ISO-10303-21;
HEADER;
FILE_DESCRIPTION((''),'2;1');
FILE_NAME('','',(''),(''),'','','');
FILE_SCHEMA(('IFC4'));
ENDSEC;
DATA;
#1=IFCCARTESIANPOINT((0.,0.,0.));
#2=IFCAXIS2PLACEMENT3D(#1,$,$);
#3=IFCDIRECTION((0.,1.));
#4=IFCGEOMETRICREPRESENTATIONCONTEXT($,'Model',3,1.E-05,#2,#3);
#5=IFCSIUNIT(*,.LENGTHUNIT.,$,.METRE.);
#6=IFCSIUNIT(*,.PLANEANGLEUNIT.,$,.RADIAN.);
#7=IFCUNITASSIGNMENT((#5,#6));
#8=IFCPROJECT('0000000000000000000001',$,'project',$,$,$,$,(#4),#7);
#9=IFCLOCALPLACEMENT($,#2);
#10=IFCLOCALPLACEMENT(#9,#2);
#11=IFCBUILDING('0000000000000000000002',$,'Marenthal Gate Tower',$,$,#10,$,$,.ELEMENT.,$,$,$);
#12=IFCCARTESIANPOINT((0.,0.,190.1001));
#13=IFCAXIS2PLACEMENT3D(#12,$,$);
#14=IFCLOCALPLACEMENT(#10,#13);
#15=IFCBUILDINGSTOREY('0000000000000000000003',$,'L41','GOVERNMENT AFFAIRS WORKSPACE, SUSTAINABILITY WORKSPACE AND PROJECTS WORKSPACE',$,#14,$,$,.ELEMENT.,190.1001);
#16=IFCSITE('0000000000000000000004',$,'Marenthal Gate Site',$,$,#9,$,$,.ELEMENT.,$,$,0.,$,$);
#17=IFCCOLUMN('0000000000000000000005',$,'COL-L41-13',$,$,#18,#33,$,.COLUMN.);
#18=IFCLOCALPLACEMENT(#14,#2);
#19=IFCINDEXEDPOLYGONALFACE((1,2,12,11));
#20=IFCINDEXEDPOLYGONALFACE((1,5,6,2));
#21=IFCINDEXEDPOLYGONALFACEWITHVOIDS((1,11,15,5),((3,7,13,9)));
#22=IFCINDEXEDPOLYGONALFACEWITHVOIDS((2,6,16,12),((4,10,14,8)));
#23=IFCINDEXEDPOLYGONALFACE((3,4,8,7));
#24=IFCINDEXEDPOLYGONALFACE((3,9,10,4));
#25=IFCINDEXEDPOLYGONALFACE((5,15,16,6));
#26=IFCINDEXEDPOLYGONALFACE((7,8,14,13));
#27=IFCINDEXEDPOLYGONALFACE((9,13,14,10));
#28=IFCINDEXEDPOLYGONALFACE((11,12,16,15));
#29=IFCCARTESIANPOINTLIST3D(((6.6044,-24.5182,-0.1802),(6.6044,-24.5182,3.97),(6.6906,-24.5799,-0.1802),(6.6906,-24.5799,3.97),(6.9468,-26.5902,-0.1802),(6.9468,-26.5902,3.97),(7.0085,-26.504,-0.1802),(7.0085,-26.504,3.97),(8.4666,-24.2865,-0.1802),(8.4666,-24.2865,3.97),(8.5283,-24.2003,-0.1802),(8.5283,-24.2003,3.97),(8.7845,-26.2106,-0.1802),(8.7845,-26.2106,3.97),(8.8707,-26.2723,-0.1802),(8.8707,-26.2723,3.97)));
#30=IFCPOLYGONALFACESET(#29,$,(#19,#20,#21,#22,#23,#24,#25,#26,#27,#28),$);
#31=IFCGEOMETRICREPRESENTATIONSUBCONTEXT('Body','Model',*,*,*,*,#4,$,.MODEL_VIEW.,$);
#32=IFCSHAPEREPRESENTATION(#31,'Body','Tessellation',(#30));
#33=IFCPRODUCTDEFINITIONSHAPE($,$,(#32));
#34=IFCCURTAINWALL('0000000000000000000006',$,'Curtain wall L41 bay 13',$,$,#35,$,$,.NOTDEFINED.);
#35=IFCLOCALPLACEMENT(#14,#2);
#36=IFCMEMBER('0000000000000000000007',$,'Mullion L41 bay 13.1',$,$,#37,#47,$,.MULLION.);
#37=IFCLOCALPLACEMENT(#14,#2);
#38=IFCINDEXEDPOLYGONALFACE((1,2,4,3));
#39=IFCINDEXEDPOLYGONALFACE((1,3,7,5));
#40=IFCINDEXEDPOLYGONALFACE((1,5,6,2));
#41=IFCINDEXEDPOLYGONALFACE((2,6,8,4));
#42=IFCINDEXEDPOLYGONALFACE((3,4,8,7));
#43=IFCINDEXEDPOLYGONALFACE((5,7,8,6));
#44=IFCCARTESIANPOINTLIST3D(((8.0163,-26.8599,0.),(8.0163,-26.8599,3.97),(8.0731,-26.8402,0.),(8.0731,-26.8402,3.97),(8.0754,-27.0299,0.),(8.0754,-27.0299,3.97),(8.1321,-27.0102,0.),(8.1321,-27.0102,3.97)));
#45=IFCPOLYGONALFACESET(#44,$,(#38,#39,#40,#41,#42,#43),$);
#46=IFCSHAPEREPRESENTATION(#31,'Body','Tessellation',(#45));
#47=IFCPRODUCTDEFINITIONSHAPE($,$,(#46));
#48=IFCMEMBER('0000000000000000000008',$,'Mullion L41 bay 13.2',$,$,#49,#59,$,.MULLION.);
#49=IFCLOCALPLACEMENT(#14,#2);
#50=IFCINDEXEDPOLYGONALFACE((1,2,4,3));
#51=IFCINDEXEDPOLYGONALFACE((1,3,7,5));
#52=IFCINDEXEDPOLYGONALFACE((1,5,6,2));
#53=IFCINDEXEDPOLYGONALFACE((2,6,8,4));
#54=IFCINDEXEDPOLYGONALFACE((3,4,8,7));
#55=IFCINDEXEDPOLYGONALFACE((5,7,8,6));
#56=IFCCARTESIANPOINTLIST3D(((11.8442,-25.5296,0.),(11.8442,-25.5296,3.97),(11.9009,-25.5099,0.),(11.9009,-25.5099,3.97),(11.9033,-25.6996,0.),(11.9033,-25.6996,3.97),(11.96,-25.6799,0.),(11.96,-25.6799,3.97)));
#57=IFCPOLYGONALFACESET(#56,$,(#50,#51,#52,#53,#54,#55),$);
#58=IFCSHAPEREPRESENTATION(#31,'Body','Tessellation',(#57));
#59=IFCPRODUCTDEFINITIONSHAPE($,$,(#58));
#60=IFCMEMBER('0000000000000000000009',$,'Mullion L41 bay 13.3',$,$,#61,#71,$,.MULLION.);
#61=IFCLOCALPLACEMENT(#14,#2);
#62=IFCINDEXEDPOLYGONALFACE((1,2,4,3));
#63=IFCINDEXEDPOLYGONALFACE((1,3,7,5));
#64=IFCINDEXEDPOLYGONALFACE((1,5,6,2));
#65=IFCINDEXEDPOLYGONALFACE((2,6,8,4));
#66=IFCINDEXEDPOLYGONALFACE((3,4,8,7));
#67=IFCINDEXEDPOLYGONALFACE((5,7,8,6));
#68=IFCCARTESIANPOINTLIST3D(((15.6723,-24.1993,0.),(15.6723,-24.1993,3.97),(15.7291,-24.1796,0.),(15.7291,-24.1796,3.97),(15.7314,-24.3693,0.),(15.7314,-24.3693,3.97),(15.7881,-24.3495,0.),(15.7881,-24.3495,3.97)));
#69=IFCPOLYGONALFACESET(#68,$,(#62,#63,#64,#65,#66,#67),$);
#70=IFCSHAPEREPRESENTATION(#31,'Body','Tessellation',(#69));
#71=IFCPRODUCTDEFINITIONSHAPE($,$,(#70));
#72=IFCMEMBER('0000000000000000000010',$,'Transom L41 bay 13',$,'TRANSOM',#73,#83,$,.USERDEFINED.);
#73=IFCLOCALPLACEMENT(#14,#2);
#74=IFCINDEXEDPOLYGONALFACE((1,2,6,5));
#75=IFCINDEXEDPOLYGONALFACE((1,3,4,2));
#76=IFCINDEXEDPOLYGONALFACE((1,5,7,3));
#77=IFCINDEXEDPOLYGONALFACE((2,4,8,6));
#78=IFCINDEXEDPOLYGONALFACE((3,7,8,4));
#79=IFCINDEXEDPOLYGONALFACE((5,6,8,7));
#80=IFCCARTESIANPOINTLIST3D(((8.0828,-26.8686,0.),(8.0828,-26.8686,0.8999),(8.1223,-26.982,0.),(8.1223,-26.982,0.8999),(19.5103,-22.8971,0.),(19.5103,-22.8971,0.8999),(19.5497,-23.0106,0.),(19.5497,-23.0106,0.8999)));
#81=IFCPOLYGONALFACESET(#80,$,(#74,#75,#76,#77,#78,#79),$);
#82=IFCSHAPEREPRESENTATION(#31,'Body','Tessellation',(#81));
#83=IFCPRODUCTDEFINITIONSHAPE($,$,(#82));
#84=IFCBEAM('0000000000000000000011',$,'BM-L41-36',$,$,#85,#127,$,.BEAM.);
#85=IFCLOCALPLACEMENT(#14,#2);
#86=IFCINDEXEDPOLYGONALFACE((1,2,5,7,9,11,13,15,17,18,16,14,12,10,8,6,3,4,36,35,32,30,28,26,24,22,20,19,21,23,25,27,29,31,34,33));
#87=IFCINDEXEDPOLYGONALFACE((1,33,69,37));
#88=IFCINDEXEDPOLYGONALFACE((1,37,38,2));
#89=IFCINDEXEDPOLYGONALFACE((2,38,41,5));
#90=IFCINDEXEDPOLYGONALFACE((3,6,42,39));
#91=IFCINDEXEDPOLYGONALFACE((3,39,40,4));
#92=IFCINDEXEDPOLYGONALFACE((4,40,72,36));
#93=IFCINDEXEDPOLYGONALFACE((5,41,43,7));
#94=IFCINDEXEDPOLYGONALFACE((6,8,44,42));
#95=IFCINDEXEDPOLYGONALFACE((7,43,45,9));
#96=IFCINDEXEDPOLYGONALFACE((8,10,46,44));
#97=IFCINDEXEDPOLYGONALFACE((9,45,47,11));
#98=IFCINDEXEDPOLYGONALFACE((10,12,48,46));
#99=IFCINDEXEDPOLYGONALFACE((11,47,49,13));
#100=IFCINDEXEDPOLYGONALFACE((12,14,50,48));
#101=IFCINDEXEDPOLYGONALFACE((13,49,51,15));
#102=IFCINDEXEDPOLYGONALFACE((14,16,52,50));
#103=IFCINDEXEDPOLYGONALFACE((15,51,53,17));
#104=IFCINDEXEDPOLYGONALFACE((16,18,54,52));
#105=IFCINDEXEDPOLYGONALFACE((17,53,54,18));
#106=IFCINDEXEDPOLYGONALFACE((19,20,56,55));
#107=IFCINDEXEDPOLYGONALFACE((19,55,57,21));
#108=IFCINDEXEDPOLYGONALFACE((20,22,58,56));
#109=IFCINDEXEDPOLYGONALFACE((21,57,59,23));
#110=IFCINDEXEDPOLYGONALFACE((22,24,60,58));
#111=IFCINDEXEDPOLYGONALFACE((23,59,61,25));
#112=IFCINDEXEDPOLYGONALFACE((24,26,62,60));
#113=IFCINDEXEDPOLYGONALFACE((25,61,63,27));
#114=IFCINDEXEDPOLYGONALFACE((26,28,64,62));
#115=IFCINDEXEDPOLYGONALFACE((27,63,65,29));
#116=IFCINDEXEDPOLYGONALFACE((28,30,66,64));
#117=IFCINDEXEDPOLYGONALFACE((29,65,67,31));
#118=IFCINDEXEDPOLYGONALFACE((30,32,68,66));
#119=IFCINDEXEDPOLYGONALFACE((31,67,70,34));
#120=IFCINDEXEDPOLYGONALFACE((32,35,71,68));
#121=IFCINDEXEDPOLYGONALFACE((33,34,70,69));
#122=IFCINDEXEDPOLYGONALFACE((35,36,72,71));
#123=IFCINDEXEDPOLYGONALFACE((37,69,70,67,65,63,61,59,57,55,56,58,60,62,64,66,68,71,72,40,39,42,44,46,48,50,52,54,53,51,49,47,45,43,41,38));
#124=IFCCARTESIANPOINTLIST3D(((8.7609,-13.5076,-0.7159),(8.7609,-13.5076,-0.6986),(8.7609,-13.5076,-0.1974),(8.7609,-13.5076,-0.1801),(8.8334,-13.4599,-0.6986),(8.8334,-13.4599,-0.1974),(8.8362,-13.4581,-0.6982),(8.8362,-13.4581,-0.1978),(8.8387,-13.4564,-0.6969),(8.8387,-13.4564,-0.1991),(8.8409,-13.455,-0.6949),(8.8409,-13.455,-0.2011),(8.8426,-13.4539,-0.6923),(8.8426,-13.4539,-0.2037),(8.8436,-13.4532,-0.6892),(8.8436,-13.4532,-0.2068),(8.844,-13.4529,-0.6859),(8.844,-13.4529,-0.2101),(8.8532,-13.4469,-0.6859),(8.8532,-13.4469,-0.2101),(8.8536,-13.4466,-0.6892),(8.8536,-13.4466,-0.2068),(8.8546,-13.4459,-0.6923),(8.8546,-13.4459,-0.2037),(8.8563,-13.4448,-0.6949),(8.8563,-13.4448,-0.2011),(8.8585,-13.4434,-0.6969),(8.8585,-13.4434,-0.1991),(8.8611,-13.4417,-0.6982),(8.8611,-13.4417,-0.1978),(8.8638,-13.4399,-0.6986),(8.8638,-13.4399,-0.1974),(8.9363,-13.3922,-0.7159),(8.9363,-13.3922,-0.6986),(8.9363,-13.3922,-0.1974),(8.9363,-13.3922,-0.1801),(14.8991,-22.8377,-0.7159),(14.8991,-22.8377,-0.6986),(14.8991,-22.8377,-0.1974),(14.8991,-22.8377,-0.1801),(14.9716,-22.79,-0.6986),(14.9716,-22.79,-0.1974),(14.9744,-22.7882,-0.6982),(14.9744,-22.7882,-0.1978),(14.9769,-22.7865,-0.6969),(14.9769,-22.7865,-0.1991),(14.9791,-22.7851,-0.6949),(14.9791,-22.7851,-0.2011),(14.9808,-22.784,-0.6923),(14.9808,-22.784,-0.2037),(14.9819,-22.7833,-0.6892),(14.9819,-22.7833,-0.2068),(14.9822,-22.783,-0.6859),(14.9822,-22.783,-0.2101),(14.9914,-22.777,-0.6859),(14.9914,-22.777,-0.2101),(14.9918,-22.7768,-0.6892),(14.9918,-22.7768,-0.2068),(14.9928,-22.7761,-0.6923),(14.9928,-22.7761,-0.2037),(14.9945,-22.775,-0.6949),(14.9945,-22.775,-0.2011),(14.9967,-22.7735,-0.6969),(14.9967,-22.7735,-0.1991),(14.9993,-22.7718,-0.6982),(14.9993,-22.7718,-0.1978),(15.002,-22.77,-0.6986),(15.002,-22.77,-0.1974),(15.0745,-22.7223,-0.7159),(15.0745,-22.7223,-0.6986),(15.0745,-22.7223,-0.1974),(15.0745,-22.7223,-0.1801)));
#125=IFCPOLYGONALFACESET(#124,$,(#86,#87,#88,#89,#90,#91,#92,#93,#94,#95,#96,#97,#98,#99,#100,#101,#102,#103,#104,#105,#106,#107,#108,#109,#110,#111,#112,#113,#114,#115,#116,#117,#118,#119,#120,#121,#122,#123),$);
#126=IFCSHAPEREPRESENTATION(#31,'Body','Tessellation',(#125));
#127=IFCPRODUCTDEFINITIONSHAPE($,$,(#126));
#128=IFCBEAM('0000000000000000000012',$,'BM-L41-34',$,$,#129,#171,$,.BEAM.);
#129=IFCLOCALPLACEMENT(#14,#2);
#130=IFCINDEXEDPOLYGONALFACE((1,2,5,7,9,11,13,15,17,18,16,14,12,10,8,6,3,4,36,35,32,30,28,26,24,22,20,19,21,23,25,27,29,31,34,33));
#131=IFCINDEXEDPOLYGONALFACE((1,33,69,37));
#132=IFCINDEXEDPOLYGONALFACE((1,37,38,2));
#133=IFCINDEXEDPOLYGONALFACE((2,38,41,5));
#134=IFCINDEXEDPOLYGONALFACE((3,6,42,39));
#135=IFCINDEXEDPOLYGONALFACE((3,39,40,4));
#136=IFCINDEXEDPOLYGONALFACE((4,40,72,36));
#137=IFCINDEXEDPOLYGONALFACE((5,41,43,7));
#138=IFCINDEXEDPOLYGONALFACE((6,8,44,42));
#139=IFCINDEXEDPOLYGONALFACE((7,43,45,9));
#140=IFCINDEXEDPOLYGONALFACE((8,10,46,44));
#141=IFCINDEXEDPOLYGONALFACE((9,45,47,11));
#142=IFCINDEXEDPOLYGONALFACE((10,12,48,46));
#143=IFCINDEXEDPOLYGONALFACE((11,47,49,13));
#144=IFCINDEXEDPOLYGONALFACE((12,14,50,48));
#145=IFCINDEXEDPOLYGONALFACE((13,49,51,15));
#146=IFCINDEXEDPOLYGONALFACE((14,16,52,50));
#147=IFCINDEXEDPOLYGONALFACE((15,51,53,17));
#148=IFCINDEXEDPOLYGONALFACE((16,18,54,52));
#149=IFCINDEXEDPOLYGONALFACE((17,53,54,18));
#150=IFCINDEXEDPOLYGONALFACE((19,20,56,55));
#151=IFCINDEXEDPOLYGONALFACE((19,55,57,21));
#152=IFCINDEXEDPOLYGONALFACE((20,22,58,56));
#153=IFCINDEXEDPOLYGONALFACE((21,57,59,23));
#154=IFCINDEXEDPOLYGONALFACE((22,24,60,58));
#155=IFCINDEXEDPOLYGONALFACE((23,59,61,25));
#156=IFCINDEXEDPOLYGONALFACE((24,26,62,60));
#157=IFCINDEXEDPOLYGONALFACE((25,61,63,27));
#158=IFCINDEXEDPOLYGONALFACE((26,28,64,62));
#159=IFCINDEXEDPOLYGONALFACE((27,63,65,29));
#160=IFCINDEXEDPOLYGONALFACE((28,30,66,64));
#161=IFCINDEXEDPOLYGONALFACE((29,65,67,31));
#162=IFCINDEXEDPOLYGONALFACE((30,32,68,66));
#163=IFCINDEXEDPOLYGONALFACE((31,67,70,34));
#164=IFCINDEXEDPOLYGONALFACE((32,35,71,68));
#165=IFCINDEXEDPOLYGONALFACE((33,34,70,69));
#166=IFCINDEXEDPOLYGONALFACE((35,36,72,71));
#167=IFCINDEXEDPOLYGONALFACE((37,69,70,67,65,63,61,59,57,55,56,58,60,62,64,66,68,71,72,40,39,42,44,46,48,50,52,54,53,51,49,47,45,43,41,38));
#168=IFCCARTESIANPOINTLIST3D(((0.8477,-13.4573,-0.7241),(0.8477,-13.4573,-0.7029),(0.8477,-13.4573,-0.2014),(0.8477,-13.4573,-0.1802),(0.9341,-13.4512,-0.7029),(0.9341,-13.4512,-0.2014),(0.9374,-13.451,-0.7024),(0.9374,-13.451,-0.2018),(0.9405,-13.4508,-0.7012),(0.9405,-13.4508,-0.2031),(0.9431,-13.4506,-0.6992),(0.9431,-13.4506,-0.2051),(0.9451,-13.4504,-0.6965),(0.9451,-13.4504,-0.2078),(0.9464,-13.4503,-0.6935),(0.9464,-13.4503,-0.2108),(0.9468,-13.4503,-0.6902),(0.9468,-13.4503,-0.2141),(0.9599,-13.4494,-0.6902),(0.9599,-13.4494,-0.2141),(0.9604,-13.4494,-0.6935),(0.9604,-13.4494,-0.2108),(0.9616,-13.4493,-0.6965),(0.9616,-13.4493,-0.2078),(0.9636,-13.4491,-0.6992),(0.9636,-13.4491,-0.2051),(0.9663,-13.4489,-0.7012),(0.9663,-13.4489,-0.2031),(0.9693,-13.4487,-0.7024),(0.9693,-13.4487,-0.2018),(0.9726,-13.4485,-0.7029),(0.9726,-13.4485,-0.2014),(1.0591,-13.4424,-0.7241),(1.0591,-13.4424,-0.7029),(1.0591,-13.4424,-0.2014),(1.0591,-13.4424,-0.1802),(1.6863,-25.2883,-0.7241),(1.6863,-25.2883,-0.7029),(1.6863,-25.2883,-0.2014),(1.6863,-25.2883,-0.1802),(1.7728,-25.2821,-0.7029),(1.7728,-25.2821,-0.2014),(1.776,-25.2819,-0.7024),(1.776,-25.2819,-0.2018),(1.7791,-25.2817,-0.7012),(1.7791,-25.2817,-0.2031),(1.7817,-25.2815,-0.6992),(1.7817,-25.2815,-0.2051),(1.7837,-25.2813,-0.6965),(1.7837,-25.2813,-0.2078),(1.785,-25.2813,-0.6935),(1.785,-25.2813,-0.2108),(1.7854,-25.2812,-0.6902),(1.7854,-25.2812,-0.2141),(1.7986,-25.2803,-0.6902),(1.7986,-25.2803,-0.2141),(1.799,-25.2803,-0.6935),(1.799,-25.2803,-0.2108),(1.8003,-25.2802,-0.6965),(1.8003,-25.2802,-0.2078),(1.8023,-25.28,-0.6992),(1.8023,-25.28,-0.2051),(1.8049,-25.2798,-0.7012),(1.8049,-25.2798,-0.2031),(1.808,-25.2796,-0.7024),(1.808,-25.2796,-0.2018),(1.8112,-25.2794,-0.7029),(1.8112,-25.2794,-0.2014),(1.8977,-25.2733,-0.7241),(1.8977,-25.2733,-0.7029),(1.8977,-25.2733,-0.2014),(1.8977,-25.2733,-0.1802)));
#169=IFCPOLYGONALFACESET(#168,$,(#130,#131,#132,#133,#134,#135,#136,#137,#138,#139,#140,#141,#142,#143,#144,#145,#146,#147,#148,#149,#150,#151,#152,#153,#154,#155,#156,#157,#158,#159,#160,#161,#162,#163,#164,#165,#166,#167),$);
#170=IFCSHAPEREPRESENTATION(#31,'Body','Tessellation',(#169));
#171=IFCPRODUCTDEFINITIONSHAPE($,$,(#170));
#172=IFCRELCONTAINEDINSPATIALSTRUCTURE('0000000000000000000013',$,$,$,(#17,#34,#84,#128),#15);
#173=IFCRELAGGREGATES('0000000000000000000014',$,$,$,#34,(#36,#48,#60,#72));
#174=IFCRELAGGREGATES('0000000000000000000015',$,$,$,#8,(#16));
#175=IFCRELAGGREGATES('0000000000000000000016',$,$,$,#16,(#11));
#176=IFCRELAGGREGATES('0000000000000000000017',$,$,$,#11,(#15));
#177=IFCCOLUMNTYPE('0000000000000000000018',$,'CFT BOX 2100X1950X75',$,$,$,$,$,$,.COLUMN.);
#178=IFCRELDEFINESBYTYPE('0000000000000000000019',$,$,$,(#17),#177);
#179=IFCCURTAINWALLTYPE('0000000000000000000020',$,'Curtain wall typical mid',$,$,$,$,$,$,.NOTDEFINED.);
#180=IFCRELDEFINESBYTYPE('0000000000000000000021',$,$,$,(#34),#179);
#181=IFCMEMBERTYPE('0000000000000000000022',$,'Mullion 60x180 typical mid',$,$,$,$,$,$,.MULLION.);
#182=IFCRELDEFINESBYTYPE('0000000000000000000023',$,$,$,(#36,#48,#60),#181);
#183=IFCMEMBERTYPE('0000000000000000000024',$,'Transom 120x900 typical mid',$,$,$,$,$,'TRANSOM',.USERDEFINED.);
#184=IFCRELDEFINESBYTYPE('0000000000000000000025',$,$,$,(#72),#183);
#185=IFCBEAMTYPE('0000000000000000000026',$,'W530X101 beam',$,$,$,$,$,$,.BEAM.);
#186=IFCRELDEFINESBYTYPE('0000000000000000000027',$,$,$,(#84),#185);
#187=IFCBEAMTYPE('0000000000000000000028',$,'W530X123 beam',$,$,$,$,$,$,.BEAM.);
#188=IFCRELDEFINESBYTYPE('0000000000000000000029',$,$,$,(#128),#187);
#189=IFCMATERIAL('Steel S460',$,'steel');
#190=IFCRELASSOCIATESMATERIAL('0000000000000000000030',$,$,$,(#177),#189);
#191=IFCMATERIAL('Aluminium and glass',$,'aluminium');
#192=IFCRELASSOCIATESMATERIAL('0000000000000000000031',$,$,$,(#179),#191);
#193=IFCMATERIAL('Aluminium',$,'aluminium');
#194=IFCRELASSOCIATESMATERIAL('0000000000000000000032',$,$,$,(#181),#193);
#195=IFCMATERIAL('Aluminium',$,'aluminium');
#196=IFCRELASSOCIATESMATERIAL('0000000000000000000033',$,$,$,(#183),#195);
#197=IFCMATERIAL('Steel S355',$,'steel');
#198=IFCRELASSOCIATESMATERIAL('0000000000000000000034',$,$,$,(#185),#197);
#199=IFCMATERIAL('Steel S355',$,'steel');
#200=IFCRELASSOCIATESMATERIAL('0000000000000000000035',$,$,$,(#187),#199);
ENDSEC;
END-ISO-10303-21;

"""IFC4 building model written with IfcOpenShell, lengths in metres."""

from ifc_helpers import new_model, si_unit, direction, frame, origin, origin_2d, place, context, subcontext, project, spatial, rectangle, hollow_rectangle, i_section, extrude, material, material_profile, profile_set, type_object, element, aggregate, save


model = new_model("IFC4")

# Units and contexts
model_context = context("Model", 3, precision=1e-05, world=origin(), true_north=direction((0.0, 1.0)))
body_context = subcontext(model_context, "Body", "Model", "MODEL_VIEW")
ifc_project = project(units=[si_unit("LENGTHUNIT", "METRE"), si_unit("PLANEANGLEUNIT", "RADIAN")], contexts=[model_context])

# Site, building, storey
site_placement = place(None, origin())
site = spatial("IfcSite", under=ifc_project, at=site_placement, Name="Marenthal Gate Site", CompositionType="ELEMENT", RefElevation=0.0)
building_placement = place(site_placement, origin())
building = spatial("IfcBuilding", under=site, at=building_placement, Name="Marenthal Gate Tower", CompositionType="ELEMENT")
storey_placement = place(building_placement, frame((0.0, 0.0, 190.1001)))
storey = spatial("IfcBuildingStorey", under=building, at=storey_placement, Name="L41", Description="GOVERNMENT AFFAIRS WORKSPACE, SUSTAINABILITY WORKSPACE AND PROJECTS WORKSPACE", CompositionType="ELEMENT", Elevation=190.1001)

# Column
ifc_material_1 = material(Name="Steel S460", Category="steel")
ifc_material_profile_1 = material_profile(ifc_material_1, hollow_rectangle(XDim=1.95, YDim=2.1001, WallThickness=0.075, at=origin_2d()), Name="CFT BOX 2100X1950X75")
ifc_material_2 = material(Name="Concrete 70 MPa", Category="concrete")
ifc_material_profile_2 = material_profile(ifc_material_2, rectangle(XDim=1.8, YDim=1.95, at=origin_2d()), Name="CFT BOX 2100X1950X75 INFILL")
ifc_profile_set_1 = profile_set([ifc_material_profile_1, ifc_material_profile_2], Name="Steel S460 shell, Concrete 70 MPa infill")
column_type = type_object("IfcColumnType", Name="CFT BOX 2100X1950X75", PredefinedType="COLUMN", material=ifc_profile_set_1)
column_placement = place(storey_placement, frame((7.7375, -25.3953, -0.1802), z_axis=(0.0, 0.0, 1.0), x_axis=(-0.986623, -0.163018, 0.0)))
element("IfcColumn", 1, at=column_placement, inside=storey, type_object=column_type, Name="COL-L41-13", PredefinedType="COLUMN", context=body_context, shape_type="SweptSolid", body=[
    extrude(hollow_rectangle(XDim=1.95, YDim=2.1001, WallThickness=0.075, at=origin_2d()), origin(), (0.0, 0.0, 1.0), 4.1501),
])

# Curtain wall, members
ifc_material_3 = material(Name="Aluminium and glass", Category="aluminium")
curtain_wall_type = type_object("IfcCurtainWallType", Name="Curtain wall typical mid", PredefinedType="NOTDEFINED", material=ifc_material_3)
curtain_wall_placement = place(storey_placement, origin())
curtain_wall = element("IfcCurtainWall", 2, at=curtain_wall_placement, inside=storey, type_object=curtain_wall_type, Name="Curtain wall L41 bay 13", PredefinedType="NOTDEFINED")
ifc_material_4 = material(Name="Aluminium", Category="aluminium")
ifc_material_profile_3 = material_profile(ifc_material_4, rectangle(XDim=0.1799, YDim=0.0601, at=origin_2d()), Name="60x180 aluminium mullion")
ifc_profile_set_2 = profile_set([ifc_material_profile_3], Name="Aluminium")
member_type_1 = type_object("IfcMemberType", Name="Mullion 60x180 typical mid", PredefinedType="MULLION", material=ifc_profile_set_2)
member_1_placement = place(storey_placement, frame((8.0742, -26.9351, 0.0), z_axis=(0.0, 0.0, 1.0), x_axis=(-0.328273, 0.944583, 0.0)))
member_1 = element("IfcMember", 3, at=member_1_placement, type_object=member_type_1, Name="Mullion L41 bay 13.1", PredefinedType="MULLION", context=body_context, shape_type="SweptSolid", body=[
    extrude(rectangle(XDim=0.1799, YDim=0.0601, at=origin_2d()), origin(), (0.0, 0.0, 1.0), 3.97),
])
member_2_placement = place(storey_placement, frame((11.9021, -25.6047, 0.0), z_axis=(0.0, 0.0, 1.0), x_axis=(-0.328273, 0.944583, 0.0)))
member_2 = element("IfcMember", 4, at=member_2_placement, type_object=member_type_1, Name="Mullion L41 bay 13.2", PredefinedType="MULLION", context=body_context, shape_type="SweptSolid", body=[
    extrude(rectangle(XDim=0.1799, YDim=0.0601, at=origin_2d()), origin(), (0.0, 0.0, 1.0), 3.97),
])
member_3_placement = place(storey_placement, frame((15.7302, -24.2744, 0.0), z_axis=(0.0, 0.0, 1.0), x_axis=(-0.328273, 0.944583, 0.0)))
member_3 = element("IfcMember", 5, at=member_3_placement, type_object=member_type_1, Name="Mullion L41 bay 13.3", PredefinedType="MULLION", context=body_context, shape_type="SweptSolid", body=[
    extrude(rectangle(XDim=0.1799, YDim=0.0601, at=origin_2d()), origin(), (0.0, 0.0, 1.0), 3.97),
])
ifc_material_5 = material(Name="Aluminium", Category="aluminium")
ifc_material_profile_4 = material_profile(ifc_material_5, rectangle(XDim=0.1201, YDim=0.8999, at=origin_2d()), Name="120x900 aluminium transom")
ifc_profile_set_3 = profile_set([ifc_material_profile_4], Name="Aluminium")
member_type_2 = type_object("IfcMemberType", Name="Transom 120x900 typical mid", ElementType="TRANSOM", PredefinedType="USERDEFINED", material=ifc_profile_set_3)
member_4_placement = place(storey_placement, frame((8.1025, -26.9253, 0.45), z_axis=(0.944583, 0.328274, 0.0), x_axis=(-0.328274, 0.944583, 0.0)))
member_4 = element("IfcMember", 6, at=member_4_placement, type_object=member_type_2, Name="Transom L41 bay 13", ObjectType="TRANSOM", PredefinedType="USERDEFINED", context=body_context, shape_type="SweptSolid", body=[
    extrude(rectangle(XDim=0.1201, YDim=0.8999, at=origin_2d()), origin(), (0.0, 0.0, 1.0), 12.0979),
])

# Beams
ifc_material_6 = material(Name="Steel S355", Category="steel")
ifc_material_profile_5 = material_profile(ifc_material_6, i_section(OverallWidth=0.21, OverallDepth=0.5359, WebThickness=0.011, FlangeThickness=0.0173, FilletRadius=0.0127, at=origin_2d()), Name="W530X101")
ifc_profile_set_4 = profile_set([ifc_material_profile_5], Name="Steel S355")
beam_type_1 = type_object("IfcBeamType", Name="W530X101 beam", PredefinedType="BEAM", material=ifc_profile_set_4)
beam_1_placement = place(storey_placement, frame((14.9868, -22.78, -0.448), z_axis=(-0.549615, 0.835418, 0.0), x_axis=(-0.835418, -0.549615, 0.0)))
element("IfcBeam", 7, at=beam_1_placement, inside=storey, type_object=beam_type_1, Name="BM-L41-36", PredefinedType="BEAM", context=body_context, shape_type="SweptSolid", body=[
    extrude(i_section(OverallWidth=0.21, OverallDepth=0.5359, WebThickness=0.011, FlangeThickness=0.0173, FilletRadius=0.0127, at=origin_2d()), origin(), (0.0, 0.0, 1.0), 11.1682),
])
ifc_material_7 = material(Name="Steel S355", Category="steel")
ifc_material_profile_6 = material_profile(ifc_material_7, i_section(OverallWidth=0.2119, OverallDepth=0.5439, WebThickness=0.0132, FlangeThickness=0.0212, FilletRadius=0.0127, at=origin_2d()), Name="W530X123")
ifc_profile_set_5 = profile_set([ifc_material_profile_6], Name="Steel S355")
beam_type_2 = type_object("IfcBeamType", Name="W530X123 beam", PredefinedType="BEAM", material=ifc_profile_set_5)
beam_2_placement = place(storey_placement, frame((1.792, -25.2808, -0.4521), z_axis=(-0.070707, 0.997497, 0.0), x_axis=(-0.997497, -0.070707, 0.0)))
element("IfcBeam", 8, at=beam_2_placement, inside=storey, type_object=beam_type_2, Name="BM-L41-34", PredefinedType="BEAM", context=body_context, shape_type="SweptSolid", body=[
    extrude(i_section(OverallWidth=0.2119, OverallDepth=0.5439, WebThickness=0.0132, FlangeThickness=0.0212, FilletRadius=0.0127, at=origin_2d()), origin(), (0.0, 0.0, 1.0), 11.8606),
])

aggregate(curtain_wall, [member_1, member_2, member_3, member_4])

save(model, "model.ifc")
